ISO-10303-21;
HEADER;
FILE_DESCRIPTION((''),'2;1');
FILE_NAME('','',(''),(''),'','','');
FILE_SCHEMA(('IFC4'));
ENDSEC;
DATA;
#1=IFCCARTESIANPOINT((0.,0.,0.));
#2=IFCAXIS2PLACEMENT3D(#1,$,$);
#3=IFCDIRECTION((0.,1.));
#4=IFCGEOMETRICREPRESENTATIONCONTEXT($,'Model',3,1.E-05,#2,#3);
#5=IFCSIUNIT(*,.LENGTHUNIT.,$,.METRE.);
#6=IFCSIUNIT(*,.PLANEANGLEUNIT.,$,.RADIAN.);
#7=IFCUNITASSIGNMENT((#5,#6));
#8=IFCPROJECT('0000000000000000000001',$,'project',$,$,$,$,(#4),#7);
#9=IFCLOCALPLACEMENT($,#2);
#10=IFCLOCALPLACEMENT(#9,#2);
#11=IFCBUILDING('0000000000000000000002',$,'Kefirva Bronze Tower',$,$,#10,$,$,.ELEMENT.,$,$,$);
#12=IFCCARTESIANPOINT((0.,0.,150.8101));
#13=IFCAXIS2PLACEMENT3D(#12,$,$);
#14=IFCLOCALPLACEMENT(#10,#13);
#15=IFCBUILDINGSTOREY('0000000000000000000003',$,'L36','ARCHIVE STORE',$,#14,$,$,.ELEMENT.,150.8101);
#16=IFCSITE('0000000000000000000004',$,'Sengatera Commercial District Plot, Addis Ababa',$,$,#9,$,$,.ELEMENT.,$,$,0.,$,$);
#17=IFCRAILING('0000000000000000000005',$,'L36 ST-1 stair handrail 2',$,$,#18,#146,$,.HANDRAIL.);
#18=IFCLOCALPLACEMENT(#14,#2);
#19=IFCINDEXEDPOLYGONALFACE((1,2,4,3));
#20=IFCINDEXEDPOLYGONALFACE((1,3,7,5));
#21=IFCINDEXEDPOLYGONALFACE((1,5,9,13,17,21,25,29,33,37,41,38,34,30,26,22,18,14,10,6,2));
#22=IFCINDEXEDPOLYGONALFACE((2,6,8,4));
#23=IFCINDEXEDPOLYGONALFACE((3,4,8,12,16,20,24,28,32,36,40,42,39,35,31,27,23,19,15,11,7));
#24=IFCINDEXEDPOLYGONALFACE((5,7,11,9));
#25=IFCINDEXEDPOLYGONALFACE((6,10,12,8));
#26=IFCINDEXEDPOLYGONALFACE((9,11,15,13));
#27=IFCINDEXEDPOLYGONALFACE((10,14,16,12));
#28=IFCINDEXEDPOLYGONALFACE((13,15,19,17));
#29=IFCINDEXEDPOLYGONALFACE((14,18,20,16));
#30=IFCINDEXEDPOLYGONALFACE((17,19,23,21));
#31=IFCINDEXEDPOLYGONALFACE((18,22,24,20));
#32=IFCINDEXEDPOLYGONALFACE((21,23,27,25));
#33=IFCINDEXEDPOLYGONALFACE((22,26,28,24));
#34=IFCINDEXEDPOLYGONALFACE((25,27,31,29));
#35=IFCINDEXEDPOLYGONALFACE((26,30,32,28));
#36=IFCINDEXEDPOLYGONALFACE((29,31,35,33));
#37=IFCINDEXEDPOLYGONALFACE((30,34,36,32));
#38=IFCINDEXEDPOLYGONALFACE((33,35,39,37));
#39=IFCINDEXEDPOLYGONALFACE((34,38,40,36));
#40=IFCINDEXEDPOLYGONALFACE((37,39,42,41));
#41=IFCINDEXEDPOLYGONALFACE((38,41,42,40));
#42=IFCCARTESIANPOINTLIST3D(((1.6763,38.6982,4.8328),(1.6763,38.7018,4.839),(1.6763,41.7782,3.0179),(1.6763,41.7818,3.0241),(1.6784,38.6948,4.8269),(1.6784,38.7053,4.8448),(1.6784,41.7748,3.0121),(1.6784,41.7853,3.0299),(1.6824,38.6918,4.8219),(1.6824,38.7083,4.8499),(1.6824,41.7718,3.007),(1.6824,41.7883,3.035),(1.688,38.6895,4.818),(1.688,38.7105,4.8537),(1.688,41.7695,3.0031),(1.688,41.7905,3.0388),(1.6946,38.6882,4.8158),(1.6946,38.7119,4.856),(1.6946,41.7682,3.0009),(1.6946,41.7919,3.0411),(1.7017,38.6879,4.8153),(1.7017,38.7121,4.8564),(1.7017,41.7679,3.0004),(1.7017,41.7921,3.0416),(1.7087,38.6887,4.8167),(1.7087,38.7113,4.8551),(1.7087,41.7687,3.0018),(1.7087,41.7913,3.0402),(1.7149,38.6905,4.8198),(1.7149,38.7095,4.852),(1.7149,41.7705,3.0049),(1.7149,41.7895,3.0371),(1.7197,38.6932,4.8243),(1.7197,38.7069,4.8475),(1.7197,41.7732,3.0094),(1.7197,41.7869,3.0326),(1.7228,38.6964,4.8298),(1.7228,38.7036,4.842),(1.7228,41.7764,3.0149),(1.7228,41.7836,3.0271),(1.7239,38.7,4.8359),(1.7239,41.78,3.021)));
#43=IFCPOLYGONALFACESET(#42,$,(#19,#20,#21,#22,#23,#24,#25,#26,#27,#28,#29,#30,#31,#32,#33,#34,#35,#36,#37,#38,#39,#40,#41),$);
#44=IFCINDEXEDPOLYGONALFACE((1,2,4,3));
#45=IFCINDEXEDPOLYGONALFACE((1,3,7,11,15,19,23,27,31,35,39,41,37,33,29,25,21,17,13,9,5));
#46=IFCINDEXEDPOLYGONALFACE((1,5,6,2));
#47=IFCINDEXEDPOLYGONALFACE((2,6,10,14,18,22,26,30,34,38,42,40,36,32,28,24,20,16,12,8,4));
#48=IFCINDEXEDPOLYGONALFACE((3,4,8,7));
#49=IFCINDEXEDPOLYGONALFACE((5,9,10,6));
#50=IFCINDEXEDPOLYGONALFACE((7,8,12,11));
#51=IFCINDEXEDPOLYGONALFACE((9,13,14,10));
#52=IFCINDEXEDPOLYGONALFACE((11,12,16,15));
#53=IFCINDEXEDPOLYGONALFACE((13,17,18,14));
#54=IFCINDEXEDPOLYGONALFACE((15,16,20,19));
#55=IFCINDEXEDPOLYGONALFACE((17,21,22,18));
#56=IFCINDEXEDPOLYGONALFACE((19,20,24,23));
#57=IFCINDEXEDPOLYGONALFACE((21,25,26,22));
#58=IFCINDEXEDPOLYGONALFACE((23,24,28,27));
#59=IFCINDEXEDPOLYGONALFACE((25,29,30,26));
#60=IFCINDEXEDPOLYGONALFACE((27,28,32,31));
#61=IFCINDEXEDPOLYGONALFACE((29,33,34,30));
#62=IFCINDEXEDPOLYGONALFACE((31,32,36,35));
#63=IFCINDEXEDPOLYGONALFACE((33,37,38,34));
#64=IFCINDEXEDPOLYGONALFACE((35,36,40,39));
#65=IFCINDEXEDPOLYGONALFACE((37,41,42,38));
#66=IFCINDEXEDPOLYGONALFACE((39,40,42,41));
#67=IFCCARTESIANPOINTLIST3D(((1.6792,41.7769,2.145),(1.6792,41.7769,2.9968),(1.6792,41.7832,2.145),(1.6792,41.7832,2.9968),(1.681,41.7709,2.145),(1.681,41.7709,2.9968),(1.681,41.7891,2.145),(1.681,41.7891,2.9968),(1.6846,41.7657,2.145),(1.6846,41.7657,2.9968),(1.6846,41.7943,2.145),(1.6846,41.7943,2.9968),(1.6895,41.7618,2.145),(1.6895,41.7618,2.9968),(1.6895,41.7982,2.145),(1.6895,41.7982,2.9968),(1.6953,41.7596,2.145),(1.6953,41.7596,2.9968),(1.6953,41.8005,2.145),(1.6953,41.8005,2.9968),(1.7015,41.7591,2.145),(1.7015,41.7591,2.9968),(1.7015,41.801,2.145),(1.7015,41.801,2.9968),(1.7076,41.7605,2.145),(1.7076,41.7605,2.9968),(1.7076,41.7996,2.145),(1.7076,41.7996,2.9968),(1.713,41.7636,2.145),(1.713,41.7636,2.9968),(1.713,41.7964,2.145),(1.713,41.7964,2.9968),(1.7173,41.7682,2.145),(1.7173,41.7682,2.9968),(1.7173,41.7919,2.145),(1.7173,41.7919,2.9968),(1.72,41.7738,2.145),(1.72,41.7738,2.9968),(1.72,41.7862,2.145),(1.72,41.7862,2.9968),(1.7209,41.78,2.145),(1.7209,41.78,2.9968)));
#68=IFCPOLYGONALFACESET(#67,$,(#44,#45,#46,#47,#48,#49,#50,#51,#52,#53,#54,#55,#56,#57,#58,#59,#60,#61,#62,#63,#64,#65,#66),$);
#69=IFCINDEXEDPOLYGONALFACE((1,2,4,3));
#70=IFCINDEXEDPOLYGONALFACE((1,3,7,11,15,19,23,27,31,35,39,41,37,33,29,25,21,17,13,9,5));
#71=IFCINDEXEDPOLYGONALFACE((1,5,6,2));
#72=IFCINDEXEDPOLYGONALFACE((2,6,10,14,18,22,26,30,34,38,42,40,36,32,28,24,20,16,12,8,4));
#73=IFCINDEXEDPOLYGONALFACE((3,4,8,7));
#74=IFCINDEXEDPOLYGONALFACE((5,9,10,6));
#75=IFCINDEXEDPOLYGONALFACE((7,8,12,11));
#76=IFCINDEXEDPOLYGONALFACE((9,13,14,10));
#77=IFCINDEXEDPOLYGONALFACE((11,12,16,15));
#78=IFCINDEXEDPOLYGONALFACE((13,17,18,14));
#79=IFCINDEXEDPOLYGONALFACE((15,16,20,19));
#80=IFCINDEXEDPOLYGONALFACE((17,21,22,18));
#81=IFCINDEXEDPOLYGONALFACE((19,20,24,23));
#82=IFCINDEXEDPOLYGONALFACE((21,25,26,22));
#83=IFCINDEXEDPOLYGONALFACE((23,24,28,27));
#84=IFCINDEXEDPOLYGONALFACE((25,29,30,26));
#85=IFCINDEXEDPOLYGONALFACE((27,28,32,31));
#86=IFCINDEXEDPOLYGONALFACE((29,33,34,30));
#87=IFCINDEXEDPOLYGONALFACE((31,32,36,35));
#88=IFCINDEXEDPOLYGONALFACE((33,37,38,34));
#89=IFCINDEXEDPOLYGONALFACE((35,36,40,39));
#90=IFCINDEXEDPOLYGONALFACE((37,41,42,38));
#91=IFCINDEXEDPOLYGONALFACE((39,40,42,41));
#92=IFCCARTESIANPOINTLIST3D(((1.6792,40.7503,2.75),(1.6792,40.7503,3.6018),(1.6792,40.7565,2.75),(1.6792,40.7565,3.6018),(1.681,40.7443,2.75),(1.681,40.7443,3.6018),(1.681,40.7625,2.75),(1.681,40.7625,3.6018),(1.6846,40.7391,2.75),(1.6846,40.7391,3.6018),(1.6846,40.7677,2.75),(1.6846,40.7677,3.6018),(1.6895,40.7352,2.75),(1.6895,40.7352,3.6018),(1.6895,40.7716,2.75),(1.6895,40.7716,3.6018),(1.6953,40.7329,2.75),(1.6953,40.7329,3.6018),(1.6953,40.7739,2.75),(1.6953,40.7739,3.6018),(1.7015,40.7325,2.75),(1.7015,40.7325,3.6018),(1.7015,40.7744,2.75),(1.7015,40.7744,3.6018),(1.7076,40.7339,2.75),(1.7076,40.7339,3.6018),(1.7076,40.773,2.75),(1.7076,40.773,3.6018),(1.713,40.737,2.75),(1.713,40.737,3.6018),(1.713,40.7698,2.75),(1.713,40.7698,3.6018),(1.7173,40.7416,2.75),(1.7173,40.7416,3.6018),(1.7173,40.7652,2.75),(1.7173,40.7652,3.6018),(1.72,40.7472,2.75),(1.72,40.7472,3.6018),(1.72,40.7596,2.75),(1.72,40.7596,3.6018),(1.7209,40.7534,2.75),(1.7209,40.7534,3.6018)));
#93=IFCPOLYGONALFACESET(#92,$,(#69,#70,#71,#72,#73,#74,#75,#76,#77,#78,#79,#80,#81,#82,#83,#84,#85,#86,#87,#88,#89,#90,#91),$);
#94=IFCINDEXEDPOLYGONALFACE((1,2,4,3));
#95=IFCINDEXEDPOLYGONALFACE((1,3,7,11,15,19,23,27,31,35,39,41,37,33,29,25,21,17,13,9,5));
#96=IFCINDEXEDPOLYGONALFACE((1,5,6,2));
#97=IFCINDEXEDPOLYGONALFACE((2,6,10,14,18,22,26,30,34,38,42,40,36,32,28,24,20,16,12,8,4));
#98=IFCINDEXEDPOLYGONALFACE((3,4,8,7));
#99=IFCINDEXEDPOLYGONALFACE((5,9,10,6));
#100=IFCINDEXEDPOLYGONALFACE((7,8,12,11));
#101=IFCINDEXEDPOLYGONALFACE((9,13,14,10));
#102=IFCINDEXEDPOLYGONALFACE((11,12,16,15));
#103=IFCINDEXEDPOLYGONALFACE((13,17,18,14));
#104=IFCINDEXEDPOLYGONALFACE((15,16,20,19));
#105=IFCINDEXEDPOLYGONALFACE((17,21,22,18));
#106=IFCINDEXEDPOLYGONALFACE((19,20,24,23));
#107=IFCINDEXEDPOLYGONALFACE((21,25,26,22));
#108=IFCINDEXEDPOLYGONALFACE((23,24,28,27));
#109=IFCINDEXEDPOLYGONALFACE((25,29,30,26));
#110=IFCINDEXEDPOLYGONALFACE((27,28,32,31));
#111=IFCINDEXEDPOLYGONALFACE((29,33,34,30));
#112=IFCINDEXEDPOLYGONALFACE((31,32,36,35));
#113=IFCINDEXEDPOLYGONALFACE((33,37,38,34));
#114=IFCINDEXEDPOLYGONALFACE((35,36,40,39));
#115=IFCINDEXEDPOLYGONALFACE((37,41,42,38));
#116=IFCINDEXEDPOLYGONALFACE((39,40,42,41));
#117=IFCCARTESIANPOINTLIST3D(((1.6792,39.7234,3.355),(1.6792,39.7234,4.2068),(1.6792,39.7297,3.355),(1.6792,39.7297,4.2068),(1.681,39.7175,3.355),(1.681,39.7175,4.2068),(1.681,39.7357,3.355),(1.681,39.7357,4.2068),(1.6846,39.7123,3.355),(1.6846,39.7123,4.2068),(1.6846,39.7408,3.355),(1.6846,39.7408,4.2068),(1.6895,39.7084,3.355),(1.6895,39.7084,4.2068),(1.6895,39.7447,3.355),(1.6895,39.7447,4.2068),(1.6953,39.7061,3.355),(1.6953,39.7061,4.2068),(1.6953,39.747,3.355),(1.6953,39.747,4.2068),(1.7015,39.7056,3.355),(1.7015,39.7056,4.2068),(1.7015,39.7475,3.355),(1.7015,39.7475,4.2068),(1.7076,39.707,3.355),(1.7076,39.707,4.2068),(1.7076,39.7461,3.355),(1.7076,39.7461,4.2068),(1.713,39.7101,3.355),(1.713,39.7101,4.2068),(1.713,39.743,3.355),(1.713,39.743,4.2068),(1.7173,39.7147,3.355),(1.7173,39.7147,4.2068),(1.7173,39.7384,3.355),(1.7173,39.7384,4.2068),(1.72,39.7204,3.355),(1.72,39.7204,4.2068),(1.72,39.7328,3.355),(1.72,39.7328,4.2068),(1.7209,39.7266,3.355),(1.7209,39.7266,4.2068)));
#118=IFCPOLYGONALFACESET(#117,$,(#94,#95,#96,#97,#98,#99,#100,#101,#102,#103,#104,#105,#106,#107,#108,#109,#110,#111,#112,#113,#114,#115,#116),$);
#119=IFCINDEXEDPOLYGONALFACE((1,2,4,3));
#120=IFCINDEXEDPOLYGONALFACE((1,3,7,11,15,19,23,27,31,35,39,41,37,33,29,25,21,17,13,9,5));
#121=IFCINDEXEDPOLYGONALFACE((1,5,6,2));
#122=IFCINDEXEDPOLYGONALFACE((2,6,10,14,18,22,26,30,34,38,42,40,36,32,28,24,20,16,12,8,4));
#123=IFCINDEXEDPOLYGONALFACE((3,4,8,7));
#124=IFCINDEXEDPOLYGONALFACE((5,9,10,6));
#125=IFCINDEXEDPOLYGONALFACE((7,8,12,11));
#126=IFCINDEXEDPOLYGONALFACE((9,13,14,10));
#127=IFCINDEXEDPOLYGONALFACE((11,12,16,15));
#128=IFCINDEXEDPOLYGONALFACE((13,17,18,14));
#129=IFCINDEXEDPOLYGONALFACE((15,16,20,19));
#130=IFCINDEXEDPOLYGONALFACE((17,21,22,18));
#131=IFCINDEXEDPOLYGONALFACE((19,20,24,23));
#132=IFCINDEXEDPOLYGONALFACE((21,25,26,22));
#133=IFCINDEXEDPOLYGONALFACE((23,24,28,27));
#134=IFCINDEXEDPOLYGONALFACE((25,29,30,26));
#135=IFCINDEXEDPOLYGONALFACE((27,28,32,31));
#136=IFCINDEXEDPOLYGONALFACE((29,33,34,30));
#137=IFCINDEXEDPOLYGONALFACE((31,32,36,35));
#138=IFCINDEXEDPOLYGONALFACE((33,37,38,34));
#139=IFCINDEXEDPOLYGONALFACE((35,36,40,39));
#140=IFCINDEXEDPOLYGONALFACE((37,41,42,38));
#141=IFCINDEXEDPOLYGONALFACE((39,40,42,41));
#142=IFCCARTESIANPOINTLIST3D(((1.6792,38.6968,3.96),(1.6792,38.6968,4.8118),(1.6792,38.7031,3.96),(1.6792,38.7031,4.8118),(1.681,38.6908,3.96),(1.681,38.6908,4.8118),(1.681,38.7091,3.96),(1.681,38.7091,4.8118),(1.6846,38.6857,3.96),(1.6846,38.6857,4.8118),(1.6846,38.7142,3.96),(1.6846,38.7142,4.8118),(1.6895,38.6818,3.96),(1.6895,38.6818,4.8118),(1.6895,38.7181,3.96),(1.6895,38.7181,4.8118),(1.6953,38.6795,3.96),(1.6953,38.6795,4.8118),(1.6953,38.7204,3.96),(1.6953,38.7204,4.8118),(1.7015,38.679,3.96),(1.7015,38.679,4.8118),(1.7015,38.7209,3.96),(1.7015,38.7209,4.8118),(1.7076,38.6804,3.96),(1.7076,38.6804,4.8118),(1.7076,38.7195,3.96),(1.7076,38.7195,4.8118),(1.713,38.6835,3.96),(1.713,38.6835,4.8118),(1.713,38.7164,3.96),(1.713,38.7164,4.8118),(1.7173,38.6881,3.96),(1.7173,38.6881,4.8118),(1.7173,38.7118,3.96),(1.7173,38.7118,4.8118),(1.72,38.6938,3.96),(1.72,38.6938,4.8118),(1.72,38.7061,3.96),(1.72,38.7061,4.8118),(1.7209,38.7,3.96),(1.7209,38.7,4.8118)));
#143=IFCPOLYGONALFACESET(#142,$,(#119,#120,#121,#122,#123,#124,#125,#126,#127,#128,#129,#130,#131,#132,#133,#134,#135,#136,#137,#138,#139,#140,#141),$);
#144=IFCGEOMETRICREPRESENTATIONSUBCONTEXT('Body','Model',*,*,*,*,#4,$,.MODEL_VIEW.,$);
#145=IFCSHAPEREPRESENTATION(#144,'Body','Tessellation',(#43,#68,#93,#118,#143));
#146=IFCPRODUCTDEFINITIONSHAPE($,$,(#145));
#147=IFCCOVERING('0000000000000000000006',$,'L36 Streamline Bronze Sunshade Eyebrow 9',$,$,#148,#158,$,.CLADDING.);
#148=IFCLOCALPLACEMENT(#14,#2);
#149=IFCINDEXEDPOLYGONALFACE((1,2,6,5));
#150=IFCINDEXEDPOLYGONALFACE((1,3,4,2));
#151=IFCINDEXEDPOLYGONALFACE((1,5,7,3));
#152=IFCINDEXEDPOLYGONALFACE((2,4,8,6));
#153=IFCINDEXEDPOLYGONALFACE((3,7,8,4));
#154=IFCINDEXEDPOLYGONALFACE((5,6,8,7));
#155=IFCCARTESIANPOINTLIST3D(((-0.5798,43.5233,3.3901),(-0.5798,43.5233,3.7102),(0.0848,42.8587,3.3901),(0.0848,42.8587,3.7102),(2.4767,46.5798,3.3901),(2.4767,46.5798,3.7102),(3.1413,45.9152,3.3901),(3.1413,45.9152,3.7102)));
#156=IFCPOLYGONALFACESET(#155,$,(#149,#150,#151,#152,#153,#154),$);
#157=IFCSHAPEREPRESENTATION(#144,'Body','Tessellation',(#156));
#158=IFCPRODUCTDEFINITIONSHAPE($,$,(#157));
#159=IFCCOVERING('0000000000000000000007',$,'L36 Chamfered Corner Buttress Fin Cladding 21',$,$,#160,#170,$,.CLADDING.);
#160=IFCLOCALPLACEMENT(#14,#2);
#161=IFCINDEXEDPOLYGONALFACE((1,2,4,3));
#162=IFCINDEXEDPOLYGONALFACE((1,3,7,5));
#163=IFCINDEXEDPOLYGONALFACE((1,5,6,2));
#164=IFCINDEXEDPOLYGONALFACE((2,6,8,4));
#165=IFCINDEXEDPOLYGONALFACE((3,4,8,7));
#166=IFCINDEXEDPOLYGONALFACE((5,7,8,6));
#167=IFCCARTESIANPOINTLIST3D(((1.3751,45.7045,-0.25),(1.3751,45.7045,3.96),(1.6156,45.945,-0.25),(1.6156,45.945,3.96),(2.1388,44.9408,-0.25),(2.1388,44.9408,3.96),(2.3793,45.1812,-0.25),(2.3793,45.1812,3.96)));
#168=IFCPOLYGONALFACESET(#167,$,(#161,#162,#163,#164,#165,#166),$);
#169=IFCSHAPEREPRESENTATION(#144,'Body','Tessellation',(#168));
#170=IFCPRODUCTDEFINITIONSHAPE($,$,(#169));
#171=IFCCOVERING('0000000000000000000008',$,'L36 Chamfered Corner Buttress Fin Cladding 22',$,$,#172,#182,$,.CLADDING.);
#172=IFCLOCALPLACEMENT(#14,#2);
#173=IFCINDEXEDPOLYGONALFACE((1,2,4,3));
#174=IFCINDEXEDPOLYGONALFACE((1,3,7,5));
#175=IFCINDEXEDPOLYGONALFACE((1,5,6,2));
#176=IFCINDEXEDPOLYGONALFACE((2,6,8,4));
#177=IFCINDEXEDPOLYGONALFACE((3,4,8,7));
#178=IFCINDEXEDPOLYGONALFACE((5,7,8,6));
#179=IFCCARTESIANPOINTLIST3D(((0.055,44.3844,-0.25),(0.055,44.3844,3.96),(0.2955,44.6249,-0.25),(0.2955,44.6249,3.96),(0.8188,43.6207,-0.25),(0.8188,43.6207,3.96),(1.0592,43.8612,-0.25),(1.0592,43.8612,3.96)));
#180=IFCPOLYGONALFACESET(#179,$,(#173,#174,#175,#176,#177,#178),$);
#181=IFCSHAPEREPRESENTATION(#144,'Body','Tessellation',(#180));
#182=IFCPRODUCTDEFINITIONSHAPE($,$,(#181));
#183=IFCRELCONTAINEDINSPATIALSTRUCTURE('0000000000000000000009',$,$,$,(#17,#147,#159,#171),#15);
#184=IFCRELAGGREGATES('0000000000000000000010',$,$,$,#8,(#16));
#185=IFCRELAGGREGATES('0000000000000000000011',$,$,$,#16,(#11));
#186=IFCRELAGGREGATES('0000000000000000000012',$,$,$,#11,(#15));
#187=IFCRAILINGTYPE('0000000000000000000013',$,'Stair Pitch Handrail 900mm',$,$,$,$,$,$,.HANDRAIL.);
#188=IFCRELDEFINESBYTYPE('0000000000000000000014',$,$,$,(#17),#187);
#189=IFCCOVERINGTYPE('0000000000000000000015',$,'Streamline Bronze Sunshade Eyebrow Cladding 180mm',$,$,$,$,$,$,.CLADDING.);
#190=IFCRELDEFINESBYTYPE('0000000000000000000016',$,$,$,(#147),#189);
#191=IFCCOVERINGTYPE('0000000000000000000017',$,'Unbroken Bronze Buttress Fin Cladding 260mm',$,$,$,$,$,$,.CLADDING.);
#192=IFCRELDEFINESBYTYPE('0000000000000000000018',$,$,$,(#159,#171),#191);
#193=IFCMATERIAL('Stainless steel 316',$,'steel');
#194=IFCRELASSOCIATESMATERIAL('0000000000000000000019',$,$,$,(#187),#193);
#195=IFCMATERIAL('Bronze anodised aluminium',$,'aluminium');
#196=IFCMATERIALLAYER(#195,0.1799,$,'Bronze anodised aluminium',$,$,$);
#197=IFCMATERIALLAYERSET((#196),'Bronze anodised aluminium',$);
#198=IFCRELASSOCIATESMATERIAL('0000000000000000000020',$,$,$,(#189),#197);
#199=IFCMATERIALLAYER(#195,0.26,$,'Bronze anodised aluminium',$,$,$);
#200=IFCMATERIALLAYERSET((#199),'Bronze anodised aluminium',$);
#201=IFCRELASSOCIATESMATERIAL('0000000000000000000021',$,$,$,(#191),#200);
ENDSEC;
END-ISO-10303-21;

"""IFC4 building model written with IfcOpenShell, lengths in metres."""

from ifc_helpers import new_model, si_unit, direction, frame, origin, origin_2d, place, context, subcontext, project, spatial, rectangle, circle, extrude, material, layer, layer_set, type_object, element, save


model = new_model("IFC4")

# Units and contexts
model_context = context("Model", 3, precision=1e-05, world=origin(), true_north=direction((0.0, 1.0)))
body_context = subcontext(model_context, "Body", "Model", "MODEL_VIEW")
ifc_project = project(units=[si_unit("LENGTHUNIT", "METRE"), si_unit("PLANEANGLEUNIT", "RADIAN")], contexts=[model_context])

# Site, building, storey
site_placement = place(None, origin())
site = spatial("IfcSite", under=ifc_project, at=site_placement, Name="Sengatera Commercial District Plot, Addis Ababa", CompositionType="ELEMENT", RefElevation=0.0)
building_placement = place(site_placement, origin())
building = spatial("IfcBuilding", under=site, at=building_placement, Name="Kefirva Bronze Tower", CompositionType="ELEMENT")
storey_placement = place(building_placement, frame((0.0, 0.0, 150.8101)))
storey = spatial("IfcBuildingStorey", under=building, at=storey_placement, Name="L36", Description="ARCHIVE STORE", CompositionType="ELEMENT", Elevation=150.8101)

# Shared definitions
ifc_material_1 = material(Name="Bronze anodised aluminium", Category="aluminium")

# Railing
ifc_material_2 = material(Name="Stainless steel 316", Category="steel")
railing_type_1 = type_object("IfcRailingType", Name="Stair Pitch Handrail 900mm", PredefinedType="HANDRAIL", material=ifc_material_2)
railing_1_placement = place(storey_placement, frame((1.7, 41.78, 2.145)))
element("IfcRailing", 1, at=railing_1_placement, inside=storey, type_object=railing_type_1, Name="L36 ST-1 stair handrail 2", PredefinedType="HANDRAIL", context=body_context, shape_type="SweptSolid", body=[
    extrude(circle(Radius=0.0239, at=origin_2d()), frame((0.0, 0.0, 0.876), z_axis=(0.0, -0.861551, 0.507671), x_axis=(1.0, 0.0, 0.0)), (0.0, 0.0, 1.0), 3.575),
    extrude(circle(Radius=0.021, at=origin_2d()), origin(), (0.0, 0.0, 1.0), 0.8518),
    extrude(circle(Radius=0.021, at=origin_2d()), frame((0.0, -1.0266, 0.605)), (0.0, 0.0, 1.0), 0.8518),
    extrude(circle(Radius=0.021, at=origin_2d()), frame((0.0, -2.0535, 1.21)), (0.0, 0.0, 1.0), 0.8518),
    extrude(circle(Radius=0.021, at=origin_2d()), frame((0.0, -3.0801, 1.8149)), (0.0, 0.0, 1.0), 0.8518),
])

# Coverings
ifc_layer_1 = layer(ifc_material_1, 0.1799, Name="Bronze anodised aluminium")
ifc_layer_set_1 = layer_set([ifc_layer_1], Name="Bronze anodised aluminium")
covering_type_1 = type_object("IfcCoveringType", Name="Streamline Bronze Sunshade Eyebrow Cladding 180mm", PredefinedType="CLADDING", material=ifc_layer_set_1)
covering_1_placement = place(storey_placement, frame((1.2808, 44.7192, 3.3901), z_axis=(0.0, 0.0, 1.0), x_axis=(-0.707107, -0.707107, 0.0)))
element("IfcCovering", 2, at=covering_1_placement, inside=storey, type_object=covering_type_1, Name="L36 Streamline Bronze Sunshade Eyebrow 9", PredefinedType="CLADDING", context=body_context, shape_type="SweptSolid", body=[
    extrude(rectangle(XDim=4.3225, YDim=0.9399, at=origin_2d()), origin(), (0.0, 0.0, 1.0), 0.3201),
])
ifc_layer_2 = layer(ifc_material_1, 0.26, Name="Bronze anodised aluminium")
ifc_layer_set_2 = layer_set([ifc_layer_2], Name="Bronze anodised aluminium")
covering_type_2 = type_object("IfcCoveringType", Name="Unbroken Bronze Buttress Fin Cladding 260mm", PredefinedType="CLADDING", material=ifc_layer_set_2)
for number, where, z_axis, x_axis, name in (
    (3, (1.8772, 45.4429, -0.25), (0.0, 0.0, 1.0), (-0.707107, -0.707107, 0.0), "L36 Chamfered Corner Buttress Fin Cladding 21"),
    (4, (0.5571, 44.1228, -0.25), (0.0, 0.0, 1.0), (-0.707107, -0.707107, 0.0), "L36 Chamfered Corner Buttress Fin Cladding 22"),
):
    element("IfcCovering", number, at=place(storey_placement, frame(where, z_axis=z_axis, x_axis=x_axis)), inside=storey, type_object=covering_type_2, Name=name, PredefinedType="CLADDING", context=body_context, shape_type="SweptSolid", body=[
        extrude(rectangle(XDim=0.3401, YDim=1.0801, at=origin_2d()), origin(), (0.0, 0.0, 1.0), 4.21),
    ])

save(model, "model.ifc")
